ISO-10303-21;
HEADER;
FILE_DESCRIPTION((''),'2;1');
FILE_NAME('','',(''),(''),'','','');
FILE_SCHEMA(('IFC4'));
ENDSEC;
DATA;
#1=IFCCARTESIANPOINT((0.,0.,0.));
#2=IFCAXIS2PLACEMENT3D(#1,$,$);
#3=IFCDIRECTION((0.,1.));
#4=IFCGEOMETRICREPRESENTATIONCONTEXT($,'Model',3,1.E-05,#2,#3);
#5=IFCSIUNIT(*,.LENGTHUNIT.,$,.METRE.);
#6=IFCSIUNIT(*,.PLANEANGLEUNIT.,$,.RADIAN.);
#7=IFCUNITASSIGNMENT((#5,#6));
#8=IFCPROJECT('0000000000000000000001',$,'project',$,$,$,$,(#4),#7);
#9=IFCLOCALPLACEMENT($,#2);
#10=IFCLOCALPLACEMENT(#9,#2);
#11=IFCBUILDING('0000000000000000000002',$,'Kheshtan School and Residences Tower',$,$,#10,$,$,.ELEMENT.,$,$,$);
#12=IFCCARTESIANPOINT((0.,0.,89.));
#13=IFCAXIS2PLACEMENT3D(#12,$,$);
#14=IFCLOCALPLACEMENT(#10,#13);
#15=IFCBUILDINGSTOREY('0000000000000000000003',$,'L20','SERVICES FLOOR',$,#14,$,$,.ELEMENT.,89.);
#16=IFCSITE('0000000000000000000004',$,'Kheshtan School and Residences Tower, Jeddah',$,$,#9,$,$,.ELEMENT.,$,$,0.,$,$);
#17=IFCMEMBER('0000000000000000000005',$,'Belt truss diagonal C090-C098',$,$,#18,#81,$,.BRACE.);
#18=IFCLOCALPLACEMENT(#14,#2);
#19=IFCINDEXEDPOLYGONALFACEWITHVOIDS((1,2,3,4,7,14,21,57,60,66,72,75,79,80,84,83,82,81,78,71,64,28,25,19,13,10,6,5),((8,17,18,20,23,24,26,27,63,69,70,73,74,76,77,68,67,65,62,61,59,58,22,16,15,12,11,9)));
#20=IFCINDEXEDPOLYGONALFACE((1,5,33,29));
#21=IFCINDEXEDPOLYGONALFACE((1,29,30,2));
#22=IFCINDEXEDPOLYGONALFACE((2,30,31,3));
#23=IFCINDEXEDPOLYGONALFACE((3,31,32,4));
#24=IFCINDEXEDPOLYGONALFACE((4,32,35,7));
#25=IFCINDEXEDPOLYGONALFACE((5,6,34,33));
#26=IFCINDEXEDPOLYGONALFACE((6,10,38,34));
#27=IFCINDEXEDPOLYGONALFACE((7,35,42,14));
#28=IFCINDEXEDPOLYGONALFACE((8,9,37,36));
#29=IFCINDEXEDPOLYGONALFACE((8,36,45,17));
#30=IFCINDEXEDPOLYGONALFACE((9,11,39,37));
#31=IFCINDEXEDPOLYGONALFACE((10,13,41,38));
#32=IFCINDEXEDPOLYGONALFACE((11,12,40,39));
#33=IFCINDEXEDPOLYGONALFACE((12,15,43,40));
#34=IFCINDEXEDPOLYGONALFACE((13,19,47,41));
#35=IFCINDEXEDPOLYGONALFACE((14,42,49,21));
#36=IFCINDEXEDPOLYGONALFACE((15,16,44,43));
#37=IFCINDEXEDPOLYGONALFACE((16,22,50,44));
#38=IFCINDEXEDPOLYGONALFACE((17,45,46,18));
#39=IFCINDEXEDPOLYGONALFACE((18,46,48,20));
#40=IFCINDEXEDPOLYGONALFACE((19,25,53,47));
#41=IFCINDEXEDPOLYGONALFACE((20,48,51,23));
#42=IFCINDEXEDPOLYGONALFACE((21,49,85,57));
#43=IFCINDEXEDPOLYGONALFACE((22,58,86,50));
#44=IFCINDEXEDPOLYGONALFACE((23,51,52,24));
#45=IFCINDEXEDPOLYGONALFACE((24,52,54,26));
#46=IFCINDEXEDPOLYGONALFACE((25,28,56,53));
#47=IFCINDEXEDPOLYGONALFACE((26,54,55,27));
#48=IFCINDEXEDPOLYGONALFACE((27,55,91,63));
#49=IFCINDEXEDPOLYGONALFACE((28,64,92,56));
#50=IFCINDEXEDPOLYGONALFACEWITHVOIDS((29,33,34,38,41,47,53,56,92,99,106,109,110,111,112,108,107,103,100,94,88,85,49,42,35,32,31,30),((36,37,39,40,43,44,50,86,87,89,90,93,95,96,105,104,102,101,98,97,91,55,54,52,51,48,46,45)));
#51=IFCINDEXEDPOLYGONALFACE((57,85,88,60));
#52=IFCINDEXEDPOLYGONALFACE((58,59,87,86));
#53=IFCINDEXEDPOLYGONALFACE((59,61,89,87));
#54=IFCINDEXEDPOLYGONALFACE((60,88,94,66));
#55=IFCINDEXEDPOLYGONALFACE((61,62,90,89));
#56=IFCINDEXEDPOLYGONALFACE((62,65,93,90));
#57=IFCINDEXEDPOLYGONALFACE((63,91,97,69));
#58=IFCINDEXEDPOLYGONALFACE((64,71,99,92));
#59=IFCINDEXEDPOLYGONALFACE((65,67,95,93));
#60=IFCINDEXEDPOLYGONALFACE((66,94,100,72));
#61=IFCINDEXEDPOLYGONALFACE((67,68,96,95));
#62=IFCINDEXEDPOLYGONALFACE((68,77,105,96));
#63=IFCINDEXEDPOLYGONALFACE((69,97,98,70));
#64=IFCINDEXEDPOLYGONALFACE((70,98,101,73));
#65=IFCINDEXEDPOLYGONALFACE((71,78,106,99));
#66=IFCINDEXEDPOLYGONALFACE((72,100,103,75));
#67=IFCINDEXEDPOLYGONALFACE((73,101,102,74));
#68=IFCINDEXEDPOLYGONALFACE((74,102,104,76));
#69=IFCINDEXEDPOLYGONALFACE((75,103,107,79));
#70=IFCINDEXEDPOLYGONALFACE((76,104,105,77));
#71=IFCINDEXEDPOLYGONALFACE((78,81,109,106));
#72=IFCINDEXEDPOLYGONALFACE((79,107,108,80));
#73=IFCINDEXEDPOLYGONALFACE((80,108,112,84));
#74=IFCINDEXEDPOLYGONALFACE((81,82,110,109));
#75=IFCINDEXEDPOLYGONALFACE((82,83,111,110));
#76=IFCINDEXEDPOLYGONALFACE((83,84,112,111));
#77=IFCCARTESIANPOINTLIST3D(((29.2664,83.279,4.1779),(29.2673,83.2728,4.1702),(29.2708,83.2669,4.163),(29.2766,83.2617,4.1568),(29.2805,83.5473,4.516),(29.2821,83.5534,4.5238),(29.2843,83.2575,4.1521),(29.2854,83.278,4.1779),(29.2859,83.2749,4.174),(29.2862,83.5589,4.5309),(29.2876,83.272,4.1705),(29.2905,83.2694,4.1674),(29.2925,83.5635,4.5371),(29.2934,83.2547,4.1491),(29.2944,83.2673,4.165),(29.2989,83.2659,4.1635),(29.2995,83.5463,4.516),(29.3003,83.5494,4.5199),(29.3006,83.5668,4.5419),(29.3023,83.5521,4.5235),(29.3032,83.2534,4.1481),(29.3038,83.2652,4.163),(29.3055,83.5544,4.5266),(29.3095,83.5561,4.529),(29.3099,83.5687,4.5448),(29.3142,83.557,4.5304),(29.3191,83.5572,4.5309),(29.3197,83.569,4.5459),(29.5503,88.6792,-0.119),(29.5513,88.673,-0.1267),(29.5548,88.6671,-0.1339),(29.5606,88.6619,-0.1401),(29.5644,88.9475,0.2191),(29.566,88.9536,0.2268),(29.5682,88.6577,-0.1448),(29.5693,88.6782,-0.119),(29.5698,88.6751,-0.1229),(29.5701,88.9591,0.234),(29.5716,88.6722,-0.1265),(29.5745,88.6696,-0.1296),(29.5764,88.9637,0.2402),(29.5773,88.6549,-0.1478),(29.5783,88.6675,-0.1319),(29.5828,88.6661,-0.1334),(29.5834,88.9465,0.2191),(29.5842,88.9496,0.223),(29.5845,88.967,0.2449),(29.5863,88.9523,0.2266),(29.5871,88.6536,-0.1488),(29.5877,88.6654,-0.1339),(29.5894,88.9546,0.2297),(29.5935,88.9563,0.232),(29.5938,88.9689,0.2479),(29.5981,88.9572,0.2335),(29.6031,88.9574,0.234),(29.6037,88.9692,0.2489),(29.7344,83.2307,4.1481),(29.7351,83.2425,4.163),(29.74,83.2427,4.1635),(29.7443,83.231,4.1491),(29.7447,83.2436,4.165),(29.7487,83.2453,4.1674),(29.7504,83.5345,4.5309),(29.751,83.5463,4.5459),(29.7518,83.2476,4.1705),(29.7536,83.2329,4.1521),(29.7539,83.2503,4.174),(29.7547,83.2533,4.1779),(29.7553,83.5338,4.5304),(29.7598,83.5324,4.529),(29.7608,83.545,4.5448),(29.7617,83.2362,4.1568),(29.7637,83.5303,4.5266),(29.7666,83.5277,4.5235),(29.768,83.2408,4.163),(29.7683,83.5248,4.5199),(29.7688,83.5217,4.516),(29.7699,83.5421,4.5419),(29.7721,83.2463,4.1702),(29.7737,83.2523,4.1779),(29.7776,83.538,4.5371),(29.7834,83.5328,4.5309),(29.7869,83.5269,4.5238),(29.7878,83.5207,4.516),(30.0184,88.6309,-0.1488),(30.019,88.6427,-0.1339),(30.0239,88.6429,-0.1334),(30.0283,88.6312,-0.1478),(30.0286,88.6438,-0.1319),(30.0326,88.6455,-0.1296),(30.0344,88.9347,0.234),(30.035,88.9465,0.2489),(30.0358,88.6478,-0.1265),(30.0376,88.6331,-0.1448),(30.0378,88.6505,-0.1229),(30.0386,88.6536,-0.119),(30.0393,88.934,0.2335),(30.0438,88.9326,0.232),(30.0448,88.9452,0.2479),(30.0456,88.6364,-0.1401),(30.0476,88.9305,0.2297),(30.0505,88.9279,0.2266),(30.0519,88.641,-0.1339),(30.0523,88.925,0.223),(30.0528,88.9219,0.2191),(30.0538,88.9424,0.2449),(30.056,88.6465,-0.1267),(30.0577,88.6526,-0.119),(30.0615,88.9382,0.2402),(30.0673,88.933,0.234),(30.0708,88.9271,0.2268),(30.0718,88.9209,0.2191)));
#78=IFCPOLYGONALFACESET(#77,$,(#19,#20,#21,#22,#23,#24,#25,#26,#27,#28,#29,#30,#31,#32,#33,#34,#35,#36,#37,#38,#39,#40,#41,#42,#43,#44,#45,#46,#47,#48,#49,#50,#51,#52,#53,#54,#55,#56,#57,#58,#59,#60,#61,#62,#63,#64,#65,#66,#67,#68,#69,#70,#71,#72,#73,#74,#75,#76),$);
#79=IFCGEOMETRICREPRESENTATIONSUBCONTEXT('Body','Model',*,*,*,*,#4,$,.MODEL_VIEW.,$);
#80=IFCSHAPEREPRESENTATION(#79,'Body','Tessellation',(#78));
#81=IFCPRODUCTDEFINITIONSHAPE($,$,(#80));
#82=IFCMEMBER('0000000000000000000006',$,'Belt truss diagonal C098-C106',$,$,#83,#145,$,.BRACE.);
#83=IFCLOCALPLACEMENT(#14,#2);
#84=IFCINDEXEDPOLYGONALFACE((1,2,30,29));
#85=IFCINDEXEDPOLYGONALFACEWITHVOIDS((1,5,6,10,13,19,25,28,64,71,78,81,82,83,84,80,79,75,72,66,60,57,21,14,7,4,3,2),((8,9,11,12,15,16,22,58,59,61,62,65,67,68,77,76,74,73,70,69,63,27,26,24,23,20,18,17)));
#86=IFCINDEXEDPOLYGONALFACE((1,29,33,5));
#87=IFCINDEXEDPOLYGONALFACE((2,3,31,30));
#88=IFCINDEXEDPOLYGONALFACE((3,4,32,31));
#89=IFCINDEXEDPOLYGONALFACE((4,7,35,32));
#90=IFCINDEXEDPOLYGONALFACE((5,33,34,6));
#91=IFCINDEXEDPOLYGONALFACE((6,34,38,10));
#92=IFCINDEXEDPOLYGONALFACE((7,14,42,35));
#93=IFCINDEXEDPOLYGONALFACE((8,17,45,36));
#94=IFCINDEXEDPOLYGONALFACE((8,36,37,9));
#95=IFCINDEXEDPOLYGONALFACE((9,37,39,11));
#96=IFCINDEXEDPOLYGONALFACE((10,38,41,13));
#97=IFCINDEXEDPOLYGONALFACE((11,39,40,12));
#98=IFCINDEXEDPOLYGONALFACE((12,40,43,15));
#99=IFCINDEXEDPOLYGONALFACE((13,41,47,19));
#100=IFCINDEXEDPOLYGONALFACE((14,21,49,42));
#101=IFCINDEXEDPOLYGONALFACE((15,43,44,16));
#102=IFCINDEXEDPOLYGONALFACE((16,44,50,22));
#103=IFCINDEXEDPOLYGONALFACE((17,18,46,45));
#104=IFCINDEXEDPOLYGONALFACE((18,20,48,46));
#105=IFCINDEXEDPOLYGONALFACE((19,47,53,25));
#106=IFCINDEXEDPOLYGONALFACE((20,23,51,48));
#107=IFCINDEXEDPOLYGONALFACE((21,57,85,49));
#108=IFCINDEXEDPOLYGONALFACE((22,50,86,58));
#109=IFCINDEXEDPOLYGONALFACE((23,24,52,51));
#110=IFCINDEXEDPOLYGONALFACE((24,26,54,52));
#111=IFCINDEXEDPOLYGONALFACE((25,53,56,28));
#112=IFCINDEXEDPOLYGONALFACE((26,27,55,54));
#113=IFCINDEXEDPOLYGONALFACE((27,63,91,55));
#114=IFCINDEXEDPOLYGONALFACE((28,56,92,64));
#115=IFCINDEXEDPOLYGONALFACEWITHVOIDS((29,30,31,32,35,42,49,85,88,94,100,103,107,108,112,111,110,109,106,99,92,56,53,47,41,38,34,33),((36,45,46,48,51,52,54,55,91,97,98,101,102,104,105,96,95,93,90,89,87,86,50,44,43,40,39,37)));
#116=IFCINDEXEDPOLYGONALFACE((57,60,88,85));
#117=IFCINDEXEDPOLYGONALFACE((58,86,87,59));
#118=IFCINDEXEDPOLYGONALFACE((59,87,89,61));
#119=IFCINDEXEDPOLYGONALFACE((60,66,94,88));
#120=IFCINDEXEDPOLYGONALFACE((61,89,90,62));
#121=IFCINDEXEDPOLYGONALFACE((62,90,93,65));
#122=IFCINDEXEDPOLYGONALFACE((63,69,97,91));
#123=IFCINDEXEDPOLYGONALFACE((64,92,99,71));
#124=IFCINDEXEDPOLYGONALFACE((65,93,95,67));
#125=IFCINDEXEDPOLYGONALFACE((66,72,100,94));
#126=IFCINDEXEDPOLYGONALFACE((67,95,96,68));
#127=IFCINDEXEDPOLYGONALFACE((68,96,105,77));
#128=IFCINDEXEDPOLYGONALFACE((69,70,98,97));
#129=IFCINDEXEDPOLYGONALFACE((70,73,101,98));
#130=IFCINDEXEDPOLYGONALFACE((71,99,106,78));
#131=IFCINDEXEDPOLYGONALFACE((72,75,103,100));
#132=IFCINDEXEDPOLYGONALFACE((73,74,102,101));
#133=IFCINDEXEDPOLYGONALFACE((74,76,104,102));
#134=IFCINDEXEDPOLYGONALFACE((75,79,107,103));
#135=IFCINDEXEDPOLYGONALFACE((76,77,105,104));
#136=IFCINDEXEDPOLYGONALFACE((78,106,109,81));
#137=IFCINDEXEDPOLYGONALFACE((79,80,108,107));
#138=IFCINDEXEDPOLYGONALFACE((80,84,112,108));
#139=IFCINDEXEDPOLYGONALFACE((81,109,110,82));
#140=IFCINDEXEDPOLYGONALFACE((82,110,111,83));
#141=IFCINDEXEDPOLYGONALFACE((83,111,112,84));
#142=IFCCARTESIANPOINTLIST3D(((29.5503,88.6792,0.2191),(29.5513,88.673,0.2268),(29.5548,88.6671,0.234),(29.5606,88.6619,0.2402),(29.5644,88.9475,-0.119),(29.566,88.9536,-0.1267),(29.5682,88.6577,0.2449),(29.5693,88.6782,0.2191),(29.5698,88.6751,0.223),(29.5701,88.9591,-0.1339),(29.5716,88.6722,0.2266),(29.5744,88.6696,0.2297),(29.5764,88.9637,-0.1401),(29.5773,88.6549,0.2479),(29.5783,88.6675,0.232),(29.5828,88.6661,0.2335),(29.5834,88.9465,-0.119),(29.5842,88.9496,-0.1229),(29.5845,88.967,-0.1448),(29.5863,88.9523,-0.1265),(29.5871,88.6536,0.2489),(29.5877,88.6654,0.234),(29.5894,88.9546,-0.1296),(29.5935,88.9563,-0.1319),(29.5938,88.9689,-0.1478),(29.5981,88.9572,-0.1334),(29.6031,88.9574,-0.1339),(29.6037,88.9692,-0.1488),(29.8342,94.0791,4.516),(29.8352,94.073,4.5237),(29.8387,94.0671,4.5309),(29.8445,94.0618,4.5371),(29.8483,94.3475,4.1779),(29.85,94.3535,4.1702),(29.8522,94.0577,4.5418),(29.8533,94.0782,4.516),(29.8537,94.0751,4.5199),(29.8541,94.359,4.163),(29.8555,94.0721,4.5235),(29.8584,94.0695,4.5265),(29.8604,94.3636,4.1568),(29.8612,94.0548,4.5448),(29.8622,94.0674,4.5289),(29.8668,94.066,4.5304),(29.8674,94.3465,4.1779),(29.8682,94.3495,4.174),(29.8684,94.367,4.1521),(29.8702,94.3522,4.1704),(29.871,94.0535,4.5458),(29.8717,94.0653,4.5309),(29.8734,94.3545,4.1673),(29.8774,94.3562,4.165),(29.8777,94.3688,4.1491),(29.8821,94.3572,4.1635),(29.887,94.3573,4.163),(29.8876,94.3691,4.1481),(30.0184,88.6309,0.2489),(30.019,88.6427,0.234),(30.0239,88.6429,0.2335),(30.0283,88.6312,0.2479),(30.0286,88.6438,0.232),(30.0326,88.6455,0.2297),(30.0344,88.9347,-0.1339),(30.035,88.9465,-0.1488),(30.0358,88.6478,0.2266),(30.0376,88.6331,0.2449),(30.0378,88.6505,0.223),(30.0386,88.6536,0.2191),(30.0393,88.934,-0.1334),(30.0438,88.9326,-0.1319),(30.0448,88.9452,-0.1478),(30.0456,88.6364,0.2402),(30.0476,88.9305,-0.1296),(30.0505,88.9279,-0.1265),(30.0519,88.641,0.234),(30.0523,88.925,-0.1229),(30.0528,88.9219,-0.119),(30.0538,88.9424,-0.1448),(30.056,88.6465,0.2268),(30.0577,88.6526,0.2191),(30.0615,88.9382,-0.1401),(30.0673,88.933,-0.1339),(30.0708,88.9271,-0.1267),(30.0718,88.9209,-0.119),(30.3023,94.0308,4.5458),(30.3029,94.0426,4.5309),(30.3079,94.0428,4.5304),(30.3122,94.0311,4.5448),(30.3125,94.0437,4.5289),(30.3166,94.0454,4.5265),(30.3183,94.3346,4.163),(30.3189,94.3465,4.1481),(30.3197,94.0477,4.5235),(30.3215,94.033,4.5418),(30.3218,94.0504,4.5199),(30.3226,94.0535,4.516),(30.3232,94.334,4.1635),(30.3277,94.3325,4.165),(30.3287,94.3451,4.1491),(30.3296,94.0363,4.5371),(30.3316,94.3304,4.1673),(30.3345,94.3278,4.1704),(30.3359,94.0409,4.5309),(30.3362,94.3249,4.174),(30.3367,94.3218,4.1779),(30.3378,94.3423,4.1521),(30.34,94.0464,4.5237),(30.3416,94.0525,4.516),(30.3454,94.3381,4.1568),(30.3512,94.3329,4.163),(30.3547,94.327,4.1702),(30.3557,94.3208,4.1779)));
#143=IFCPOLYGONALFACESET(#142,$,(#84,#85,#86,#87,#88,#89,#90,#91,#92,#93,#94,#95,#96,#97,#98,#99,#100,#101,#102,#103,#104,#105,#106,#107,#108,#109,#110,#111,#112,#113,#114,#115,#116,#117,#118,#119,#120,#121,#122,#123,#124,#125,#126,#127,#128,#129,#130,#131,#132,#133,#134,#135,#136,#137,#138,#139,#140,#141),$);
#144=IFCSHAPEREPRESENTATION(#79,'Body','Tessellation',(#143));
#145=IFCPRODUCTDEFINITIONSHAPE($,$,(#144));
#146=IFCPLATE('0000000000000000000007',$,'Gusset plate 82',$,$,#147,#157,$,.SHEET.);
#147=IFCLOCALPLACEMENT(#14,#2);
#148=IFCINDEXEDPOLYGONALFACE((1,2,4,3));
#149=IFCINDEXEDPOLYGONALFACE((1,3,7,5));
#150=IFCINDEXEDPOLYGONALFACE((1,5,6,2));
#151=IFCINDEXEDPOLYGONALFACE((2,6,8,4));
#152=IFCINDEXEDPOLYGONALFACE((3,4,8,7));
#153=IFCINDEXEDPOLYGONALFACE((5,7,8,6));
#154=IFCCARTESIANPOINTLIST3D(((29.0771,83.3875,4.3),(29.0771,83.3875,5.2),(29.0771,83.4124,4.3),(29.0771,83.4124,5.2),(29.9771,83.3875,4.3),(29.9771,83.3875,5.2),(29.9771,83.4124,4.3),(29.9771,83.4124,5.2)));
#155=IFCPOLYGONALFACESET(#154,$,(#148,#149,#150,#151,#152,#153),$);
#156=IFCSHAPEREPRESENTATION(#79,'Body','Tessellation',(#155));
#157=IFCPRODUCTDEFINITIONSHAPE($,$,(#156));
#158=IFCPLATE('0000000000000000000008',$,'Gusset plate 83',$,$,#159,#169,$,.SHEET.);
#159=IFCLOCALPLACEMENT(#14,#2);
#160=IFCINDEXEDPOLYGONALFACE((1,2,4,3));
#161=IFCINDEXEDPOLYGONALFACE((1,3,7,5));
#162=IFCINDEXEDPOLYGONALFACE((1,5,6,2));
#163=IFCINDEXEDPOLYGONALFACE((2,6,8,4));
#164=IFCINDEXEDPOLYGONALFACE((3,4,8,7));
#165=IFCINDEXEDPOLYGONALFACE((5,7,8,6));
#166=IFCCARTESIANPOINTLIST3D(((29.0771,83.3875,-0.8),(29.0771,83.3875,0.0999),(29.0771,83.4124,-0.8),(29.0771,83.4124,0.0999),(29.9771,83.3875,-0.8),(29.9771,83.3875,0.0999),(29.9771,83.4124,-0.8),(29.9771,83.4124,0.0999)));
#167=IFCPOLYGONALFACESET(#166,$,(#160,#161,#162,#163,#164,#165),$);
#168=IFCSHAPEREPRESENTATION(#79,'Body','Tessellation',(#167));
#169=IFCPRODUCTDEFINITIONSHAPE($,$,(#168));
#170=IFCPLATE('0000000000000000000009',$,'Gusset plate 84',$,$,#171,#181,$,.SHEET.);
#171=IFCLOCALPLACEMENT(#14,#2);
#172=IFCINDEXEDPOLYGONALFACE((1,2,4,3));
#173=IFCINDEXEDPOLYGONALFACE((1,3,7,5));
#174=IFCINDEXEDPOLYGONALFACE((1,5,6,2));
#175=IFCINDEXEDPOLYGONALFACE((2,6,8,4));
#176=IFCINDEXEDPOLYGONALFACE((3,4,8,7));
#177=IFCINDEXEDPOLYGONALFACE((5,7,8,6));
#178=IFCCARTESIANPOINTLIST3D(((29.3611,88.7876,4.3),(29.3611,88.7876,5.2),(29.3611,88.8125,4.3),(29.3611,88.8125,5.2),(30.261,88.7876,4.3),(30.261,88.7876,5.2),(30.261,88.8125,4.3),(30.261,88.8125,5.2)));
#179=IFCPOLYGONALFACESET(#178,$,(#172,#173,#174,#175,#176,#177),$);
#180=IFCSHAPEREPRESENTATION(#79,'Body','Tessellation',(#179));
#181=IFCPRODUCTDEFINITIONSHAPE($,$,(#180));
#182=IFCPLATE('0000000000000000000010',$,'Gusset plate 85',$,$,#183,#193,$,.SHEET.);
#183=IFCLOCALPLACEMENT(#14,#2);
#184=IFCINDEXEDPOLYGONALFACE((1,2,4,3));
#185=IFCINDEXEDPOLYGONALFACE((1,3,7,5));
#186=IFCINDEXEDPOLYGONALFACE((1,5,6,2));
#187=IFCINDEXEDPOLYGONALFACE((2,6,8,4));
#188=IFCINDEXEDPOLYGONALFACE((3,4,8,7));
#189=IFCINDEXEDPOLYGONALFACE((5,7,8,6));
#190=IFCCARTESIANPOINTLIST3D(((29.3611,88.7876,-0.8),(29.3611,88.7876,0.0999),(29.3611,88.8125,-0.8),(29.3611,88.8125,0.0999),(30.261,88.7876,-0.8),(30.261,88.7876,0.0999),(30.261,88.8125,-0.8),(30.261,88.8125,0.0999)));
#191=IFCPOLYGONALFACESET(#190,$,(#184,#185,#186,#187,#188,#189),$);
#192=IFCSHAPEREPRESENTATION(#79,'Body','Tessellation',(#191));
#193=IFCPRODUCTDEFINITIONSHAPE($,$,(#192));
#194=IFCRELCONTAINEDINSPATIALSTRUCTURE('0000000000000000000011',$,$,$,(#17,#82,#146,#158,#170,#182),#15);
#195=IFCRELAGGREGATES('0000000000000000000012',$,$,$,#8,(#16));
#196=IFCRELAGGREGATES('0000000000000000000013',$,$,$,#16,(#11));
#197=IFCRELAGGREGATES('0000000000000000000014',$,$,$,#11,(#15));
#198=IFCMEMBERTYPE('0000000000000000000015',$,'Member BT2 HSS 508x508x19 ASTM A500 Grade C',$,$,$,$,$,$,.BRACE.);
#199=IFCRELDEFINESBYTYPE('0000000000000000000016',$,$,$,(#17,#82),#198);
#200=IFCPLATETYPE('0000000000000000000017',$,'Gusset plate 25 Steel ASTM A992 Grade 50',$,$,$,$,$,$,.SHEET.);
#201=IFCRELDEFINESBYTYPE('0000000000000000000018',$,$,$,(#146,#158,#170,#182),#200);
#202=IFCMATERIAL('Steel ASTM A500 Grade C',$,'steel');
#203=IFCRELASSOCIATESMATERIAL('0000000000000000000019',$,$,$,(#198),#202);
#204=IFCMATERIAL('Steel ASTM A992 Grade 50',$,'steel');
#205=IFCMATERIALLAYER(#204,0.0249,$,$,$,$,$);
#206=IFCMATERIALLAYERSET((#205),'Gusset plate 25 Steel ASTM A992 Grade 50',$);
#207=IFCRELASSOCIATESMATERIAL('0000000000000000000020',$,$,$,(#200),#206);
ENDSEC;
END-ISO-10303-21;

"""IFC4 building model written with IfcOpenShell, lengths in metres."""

from ifc_helpers import new_model, si_unit, direction, frame, origin, origin_2d, place, context, subcontext, project, spatial, rectangle, hollow_rectangle, extrude, material, layer, layer_set, material_profile, profile_set, type_object, element, save


model = new_model("IFC4")

# Units and contexts
model_context = context("Model", 3, precision=1e-05, world=origin(), true_north=direction((0.0, 1.0)))
body_context = subcontext(model_context, "Body", "Model", "MODEL_VIEW")
ifc_project = project(units=[si_unit("LENGTHUNIT", "METRE"), si_unit("PLANEANGLEUNIT", "RADIAN")], contexts=[model_context])

# Site, building, storey
site_placement = place(None, origin())
site = spatial("IfcSite", under=ifc_project, at=site_placement, Name="Kheshtan School and Residences Tower, Jeddah", CompositionType="ELEMENT", RefElevation=0.0)
building_placement = place(site_placement, origin())
building = spatial("IfcBuilding", under=site, at=building_placement, Name="Kheshtan School and Residences Tower", CompositionType="ELEMENT")
storey_placement = place(building_placement, frame((0.0, 0.0, 89.0)))
storey = spatial("IfcBuildingStorey", under=building, at=storey_placement, Name="L20", Description="SERVICES FLOOR", CompositionType="ELEMENT", Elevation=89.0)

# Shared definitions
ifc_material_1 = material(Name="Steel ASTM A992 Grade 50", Category="steel")

# Members
ifc_material_2 = material(Name="Steel ASTM A500 Grade C", Category="steel")
ifc_material_profile_1 = material_profile(ifc_material_2, hollow_rectangle(XDim=0.5081, YDim=0.5081, WallThickness=0.019, InnerFilletRadius=0.019, OuterFilletRadius=0.0381, at=origin_2d()), Name="HSS 508x508x19")
ifc_profile_set_1 = profile_set([ifc_material_profile_1], Name="Steel ASTM A500 Grade C")
member_type = type_object("IfcMemberType", Name="Member BT2 HSS 508x508x19 ASTM A500 Grade C", PredefinedType="BRACE", material=ifc_profile_set_1)
member_1_placement = place(storey_placement, frame((29.811, 88.8, 0.05), z_axis=(-0.041109, -0.781848, 0.622113), x_axis=(0.998621, -0.052507, 0.0)))
element("IfcMember", 1, at=member_1_placement, inside=storey, type_object=member_type, Name="Belt truss diagonal C090-C098", PredefinedType="BRACE", context=body_context, shape_type="SweptSolid", body=[
    extrude(hollow_rectangle(XDim=0.5081, YDim=0.5081, WallThickness=0.019, InnerFilletRadius=0.019, OuterFilletRadius=0.0381, at=origin_2d()), origin(), (0.0, 0.0, 1.0), 6.907),
])
member_2_placement = place(storey_placement, frame((29.811, 88.8, 0.05), z_axis=(0.04111, 0.781834, 0.62213), x_axis=(-0.99862, 0.052509, 0.0)))
element("IfcMember", 2, at=member_2_placement, inside=storey, type_object=member_type, Name="Belt truss diagonal C098-C106", PredefinedType="BRACE", context=body_context, shape_type="SweptSolid", body=[
    extrude(hollow_rectangle(XDim=0.5081, YDim=0.5081, WallThickness=0.019, InnerFilletRadius=0.019, OuterFilletRadius=0.0381, at=origin_2d()), origin(), (0.0, 0.0, 1.0), 6.9067),
])

# Plates
ifc_layer_1 = layer(ifc_material_1, 0.0249)
ifc_layer_set_1 = layer_set([ifc_layer_1], Name="Gusset plate 25 Steel ASTM A992 Grade 50")
plate_type = type_object("IfcPlateType", Name="Gusset plate 25 Steel ASTM A992 Grade 50", PredefinedType="SHEET", material=ifc_layer_set_1)
for number, where, z_axis, x_axis, name in (
    (3, (29.5271, 83.3999, 4.3), (0.0, 0.0, 1.0), (1.0, 0.0, 0.0), "Gusset plate 82"),
    (4, (29.5271, 83.3999, -0.8), (0.0, 0.0, 1.0), (1.0, 0.0, 0.0), "Gusset plate 83"),
    (5, (29.811, 88.8, 4.3), (0.0, 0.0, 1.0), (1.0, 0.0, 0.0), "Gusset plate 84"),
    (6, (29.811, 88.8, -0.8), (0.0, 0.0, 1.0), (1.0, 0.0, 0.0), "Gusset plate 85"),
):
    element("IfcPlate", number, at=place(storey_placement, frame(where, z_axis=z_axis, x_axis=x_axis)), inside=storey, type_object=plate_type, Name=name, PredefinedType="SHEET", context=body_context, shape_type="SweptSolid", body=[
        extrude(rectangle(XDim=0.8999, YDim=0.0249, at=origin_2d()), origin(), (0.0, 0.0, 1.0), 0.8999),
    ])

save(model, "model.ifc")
